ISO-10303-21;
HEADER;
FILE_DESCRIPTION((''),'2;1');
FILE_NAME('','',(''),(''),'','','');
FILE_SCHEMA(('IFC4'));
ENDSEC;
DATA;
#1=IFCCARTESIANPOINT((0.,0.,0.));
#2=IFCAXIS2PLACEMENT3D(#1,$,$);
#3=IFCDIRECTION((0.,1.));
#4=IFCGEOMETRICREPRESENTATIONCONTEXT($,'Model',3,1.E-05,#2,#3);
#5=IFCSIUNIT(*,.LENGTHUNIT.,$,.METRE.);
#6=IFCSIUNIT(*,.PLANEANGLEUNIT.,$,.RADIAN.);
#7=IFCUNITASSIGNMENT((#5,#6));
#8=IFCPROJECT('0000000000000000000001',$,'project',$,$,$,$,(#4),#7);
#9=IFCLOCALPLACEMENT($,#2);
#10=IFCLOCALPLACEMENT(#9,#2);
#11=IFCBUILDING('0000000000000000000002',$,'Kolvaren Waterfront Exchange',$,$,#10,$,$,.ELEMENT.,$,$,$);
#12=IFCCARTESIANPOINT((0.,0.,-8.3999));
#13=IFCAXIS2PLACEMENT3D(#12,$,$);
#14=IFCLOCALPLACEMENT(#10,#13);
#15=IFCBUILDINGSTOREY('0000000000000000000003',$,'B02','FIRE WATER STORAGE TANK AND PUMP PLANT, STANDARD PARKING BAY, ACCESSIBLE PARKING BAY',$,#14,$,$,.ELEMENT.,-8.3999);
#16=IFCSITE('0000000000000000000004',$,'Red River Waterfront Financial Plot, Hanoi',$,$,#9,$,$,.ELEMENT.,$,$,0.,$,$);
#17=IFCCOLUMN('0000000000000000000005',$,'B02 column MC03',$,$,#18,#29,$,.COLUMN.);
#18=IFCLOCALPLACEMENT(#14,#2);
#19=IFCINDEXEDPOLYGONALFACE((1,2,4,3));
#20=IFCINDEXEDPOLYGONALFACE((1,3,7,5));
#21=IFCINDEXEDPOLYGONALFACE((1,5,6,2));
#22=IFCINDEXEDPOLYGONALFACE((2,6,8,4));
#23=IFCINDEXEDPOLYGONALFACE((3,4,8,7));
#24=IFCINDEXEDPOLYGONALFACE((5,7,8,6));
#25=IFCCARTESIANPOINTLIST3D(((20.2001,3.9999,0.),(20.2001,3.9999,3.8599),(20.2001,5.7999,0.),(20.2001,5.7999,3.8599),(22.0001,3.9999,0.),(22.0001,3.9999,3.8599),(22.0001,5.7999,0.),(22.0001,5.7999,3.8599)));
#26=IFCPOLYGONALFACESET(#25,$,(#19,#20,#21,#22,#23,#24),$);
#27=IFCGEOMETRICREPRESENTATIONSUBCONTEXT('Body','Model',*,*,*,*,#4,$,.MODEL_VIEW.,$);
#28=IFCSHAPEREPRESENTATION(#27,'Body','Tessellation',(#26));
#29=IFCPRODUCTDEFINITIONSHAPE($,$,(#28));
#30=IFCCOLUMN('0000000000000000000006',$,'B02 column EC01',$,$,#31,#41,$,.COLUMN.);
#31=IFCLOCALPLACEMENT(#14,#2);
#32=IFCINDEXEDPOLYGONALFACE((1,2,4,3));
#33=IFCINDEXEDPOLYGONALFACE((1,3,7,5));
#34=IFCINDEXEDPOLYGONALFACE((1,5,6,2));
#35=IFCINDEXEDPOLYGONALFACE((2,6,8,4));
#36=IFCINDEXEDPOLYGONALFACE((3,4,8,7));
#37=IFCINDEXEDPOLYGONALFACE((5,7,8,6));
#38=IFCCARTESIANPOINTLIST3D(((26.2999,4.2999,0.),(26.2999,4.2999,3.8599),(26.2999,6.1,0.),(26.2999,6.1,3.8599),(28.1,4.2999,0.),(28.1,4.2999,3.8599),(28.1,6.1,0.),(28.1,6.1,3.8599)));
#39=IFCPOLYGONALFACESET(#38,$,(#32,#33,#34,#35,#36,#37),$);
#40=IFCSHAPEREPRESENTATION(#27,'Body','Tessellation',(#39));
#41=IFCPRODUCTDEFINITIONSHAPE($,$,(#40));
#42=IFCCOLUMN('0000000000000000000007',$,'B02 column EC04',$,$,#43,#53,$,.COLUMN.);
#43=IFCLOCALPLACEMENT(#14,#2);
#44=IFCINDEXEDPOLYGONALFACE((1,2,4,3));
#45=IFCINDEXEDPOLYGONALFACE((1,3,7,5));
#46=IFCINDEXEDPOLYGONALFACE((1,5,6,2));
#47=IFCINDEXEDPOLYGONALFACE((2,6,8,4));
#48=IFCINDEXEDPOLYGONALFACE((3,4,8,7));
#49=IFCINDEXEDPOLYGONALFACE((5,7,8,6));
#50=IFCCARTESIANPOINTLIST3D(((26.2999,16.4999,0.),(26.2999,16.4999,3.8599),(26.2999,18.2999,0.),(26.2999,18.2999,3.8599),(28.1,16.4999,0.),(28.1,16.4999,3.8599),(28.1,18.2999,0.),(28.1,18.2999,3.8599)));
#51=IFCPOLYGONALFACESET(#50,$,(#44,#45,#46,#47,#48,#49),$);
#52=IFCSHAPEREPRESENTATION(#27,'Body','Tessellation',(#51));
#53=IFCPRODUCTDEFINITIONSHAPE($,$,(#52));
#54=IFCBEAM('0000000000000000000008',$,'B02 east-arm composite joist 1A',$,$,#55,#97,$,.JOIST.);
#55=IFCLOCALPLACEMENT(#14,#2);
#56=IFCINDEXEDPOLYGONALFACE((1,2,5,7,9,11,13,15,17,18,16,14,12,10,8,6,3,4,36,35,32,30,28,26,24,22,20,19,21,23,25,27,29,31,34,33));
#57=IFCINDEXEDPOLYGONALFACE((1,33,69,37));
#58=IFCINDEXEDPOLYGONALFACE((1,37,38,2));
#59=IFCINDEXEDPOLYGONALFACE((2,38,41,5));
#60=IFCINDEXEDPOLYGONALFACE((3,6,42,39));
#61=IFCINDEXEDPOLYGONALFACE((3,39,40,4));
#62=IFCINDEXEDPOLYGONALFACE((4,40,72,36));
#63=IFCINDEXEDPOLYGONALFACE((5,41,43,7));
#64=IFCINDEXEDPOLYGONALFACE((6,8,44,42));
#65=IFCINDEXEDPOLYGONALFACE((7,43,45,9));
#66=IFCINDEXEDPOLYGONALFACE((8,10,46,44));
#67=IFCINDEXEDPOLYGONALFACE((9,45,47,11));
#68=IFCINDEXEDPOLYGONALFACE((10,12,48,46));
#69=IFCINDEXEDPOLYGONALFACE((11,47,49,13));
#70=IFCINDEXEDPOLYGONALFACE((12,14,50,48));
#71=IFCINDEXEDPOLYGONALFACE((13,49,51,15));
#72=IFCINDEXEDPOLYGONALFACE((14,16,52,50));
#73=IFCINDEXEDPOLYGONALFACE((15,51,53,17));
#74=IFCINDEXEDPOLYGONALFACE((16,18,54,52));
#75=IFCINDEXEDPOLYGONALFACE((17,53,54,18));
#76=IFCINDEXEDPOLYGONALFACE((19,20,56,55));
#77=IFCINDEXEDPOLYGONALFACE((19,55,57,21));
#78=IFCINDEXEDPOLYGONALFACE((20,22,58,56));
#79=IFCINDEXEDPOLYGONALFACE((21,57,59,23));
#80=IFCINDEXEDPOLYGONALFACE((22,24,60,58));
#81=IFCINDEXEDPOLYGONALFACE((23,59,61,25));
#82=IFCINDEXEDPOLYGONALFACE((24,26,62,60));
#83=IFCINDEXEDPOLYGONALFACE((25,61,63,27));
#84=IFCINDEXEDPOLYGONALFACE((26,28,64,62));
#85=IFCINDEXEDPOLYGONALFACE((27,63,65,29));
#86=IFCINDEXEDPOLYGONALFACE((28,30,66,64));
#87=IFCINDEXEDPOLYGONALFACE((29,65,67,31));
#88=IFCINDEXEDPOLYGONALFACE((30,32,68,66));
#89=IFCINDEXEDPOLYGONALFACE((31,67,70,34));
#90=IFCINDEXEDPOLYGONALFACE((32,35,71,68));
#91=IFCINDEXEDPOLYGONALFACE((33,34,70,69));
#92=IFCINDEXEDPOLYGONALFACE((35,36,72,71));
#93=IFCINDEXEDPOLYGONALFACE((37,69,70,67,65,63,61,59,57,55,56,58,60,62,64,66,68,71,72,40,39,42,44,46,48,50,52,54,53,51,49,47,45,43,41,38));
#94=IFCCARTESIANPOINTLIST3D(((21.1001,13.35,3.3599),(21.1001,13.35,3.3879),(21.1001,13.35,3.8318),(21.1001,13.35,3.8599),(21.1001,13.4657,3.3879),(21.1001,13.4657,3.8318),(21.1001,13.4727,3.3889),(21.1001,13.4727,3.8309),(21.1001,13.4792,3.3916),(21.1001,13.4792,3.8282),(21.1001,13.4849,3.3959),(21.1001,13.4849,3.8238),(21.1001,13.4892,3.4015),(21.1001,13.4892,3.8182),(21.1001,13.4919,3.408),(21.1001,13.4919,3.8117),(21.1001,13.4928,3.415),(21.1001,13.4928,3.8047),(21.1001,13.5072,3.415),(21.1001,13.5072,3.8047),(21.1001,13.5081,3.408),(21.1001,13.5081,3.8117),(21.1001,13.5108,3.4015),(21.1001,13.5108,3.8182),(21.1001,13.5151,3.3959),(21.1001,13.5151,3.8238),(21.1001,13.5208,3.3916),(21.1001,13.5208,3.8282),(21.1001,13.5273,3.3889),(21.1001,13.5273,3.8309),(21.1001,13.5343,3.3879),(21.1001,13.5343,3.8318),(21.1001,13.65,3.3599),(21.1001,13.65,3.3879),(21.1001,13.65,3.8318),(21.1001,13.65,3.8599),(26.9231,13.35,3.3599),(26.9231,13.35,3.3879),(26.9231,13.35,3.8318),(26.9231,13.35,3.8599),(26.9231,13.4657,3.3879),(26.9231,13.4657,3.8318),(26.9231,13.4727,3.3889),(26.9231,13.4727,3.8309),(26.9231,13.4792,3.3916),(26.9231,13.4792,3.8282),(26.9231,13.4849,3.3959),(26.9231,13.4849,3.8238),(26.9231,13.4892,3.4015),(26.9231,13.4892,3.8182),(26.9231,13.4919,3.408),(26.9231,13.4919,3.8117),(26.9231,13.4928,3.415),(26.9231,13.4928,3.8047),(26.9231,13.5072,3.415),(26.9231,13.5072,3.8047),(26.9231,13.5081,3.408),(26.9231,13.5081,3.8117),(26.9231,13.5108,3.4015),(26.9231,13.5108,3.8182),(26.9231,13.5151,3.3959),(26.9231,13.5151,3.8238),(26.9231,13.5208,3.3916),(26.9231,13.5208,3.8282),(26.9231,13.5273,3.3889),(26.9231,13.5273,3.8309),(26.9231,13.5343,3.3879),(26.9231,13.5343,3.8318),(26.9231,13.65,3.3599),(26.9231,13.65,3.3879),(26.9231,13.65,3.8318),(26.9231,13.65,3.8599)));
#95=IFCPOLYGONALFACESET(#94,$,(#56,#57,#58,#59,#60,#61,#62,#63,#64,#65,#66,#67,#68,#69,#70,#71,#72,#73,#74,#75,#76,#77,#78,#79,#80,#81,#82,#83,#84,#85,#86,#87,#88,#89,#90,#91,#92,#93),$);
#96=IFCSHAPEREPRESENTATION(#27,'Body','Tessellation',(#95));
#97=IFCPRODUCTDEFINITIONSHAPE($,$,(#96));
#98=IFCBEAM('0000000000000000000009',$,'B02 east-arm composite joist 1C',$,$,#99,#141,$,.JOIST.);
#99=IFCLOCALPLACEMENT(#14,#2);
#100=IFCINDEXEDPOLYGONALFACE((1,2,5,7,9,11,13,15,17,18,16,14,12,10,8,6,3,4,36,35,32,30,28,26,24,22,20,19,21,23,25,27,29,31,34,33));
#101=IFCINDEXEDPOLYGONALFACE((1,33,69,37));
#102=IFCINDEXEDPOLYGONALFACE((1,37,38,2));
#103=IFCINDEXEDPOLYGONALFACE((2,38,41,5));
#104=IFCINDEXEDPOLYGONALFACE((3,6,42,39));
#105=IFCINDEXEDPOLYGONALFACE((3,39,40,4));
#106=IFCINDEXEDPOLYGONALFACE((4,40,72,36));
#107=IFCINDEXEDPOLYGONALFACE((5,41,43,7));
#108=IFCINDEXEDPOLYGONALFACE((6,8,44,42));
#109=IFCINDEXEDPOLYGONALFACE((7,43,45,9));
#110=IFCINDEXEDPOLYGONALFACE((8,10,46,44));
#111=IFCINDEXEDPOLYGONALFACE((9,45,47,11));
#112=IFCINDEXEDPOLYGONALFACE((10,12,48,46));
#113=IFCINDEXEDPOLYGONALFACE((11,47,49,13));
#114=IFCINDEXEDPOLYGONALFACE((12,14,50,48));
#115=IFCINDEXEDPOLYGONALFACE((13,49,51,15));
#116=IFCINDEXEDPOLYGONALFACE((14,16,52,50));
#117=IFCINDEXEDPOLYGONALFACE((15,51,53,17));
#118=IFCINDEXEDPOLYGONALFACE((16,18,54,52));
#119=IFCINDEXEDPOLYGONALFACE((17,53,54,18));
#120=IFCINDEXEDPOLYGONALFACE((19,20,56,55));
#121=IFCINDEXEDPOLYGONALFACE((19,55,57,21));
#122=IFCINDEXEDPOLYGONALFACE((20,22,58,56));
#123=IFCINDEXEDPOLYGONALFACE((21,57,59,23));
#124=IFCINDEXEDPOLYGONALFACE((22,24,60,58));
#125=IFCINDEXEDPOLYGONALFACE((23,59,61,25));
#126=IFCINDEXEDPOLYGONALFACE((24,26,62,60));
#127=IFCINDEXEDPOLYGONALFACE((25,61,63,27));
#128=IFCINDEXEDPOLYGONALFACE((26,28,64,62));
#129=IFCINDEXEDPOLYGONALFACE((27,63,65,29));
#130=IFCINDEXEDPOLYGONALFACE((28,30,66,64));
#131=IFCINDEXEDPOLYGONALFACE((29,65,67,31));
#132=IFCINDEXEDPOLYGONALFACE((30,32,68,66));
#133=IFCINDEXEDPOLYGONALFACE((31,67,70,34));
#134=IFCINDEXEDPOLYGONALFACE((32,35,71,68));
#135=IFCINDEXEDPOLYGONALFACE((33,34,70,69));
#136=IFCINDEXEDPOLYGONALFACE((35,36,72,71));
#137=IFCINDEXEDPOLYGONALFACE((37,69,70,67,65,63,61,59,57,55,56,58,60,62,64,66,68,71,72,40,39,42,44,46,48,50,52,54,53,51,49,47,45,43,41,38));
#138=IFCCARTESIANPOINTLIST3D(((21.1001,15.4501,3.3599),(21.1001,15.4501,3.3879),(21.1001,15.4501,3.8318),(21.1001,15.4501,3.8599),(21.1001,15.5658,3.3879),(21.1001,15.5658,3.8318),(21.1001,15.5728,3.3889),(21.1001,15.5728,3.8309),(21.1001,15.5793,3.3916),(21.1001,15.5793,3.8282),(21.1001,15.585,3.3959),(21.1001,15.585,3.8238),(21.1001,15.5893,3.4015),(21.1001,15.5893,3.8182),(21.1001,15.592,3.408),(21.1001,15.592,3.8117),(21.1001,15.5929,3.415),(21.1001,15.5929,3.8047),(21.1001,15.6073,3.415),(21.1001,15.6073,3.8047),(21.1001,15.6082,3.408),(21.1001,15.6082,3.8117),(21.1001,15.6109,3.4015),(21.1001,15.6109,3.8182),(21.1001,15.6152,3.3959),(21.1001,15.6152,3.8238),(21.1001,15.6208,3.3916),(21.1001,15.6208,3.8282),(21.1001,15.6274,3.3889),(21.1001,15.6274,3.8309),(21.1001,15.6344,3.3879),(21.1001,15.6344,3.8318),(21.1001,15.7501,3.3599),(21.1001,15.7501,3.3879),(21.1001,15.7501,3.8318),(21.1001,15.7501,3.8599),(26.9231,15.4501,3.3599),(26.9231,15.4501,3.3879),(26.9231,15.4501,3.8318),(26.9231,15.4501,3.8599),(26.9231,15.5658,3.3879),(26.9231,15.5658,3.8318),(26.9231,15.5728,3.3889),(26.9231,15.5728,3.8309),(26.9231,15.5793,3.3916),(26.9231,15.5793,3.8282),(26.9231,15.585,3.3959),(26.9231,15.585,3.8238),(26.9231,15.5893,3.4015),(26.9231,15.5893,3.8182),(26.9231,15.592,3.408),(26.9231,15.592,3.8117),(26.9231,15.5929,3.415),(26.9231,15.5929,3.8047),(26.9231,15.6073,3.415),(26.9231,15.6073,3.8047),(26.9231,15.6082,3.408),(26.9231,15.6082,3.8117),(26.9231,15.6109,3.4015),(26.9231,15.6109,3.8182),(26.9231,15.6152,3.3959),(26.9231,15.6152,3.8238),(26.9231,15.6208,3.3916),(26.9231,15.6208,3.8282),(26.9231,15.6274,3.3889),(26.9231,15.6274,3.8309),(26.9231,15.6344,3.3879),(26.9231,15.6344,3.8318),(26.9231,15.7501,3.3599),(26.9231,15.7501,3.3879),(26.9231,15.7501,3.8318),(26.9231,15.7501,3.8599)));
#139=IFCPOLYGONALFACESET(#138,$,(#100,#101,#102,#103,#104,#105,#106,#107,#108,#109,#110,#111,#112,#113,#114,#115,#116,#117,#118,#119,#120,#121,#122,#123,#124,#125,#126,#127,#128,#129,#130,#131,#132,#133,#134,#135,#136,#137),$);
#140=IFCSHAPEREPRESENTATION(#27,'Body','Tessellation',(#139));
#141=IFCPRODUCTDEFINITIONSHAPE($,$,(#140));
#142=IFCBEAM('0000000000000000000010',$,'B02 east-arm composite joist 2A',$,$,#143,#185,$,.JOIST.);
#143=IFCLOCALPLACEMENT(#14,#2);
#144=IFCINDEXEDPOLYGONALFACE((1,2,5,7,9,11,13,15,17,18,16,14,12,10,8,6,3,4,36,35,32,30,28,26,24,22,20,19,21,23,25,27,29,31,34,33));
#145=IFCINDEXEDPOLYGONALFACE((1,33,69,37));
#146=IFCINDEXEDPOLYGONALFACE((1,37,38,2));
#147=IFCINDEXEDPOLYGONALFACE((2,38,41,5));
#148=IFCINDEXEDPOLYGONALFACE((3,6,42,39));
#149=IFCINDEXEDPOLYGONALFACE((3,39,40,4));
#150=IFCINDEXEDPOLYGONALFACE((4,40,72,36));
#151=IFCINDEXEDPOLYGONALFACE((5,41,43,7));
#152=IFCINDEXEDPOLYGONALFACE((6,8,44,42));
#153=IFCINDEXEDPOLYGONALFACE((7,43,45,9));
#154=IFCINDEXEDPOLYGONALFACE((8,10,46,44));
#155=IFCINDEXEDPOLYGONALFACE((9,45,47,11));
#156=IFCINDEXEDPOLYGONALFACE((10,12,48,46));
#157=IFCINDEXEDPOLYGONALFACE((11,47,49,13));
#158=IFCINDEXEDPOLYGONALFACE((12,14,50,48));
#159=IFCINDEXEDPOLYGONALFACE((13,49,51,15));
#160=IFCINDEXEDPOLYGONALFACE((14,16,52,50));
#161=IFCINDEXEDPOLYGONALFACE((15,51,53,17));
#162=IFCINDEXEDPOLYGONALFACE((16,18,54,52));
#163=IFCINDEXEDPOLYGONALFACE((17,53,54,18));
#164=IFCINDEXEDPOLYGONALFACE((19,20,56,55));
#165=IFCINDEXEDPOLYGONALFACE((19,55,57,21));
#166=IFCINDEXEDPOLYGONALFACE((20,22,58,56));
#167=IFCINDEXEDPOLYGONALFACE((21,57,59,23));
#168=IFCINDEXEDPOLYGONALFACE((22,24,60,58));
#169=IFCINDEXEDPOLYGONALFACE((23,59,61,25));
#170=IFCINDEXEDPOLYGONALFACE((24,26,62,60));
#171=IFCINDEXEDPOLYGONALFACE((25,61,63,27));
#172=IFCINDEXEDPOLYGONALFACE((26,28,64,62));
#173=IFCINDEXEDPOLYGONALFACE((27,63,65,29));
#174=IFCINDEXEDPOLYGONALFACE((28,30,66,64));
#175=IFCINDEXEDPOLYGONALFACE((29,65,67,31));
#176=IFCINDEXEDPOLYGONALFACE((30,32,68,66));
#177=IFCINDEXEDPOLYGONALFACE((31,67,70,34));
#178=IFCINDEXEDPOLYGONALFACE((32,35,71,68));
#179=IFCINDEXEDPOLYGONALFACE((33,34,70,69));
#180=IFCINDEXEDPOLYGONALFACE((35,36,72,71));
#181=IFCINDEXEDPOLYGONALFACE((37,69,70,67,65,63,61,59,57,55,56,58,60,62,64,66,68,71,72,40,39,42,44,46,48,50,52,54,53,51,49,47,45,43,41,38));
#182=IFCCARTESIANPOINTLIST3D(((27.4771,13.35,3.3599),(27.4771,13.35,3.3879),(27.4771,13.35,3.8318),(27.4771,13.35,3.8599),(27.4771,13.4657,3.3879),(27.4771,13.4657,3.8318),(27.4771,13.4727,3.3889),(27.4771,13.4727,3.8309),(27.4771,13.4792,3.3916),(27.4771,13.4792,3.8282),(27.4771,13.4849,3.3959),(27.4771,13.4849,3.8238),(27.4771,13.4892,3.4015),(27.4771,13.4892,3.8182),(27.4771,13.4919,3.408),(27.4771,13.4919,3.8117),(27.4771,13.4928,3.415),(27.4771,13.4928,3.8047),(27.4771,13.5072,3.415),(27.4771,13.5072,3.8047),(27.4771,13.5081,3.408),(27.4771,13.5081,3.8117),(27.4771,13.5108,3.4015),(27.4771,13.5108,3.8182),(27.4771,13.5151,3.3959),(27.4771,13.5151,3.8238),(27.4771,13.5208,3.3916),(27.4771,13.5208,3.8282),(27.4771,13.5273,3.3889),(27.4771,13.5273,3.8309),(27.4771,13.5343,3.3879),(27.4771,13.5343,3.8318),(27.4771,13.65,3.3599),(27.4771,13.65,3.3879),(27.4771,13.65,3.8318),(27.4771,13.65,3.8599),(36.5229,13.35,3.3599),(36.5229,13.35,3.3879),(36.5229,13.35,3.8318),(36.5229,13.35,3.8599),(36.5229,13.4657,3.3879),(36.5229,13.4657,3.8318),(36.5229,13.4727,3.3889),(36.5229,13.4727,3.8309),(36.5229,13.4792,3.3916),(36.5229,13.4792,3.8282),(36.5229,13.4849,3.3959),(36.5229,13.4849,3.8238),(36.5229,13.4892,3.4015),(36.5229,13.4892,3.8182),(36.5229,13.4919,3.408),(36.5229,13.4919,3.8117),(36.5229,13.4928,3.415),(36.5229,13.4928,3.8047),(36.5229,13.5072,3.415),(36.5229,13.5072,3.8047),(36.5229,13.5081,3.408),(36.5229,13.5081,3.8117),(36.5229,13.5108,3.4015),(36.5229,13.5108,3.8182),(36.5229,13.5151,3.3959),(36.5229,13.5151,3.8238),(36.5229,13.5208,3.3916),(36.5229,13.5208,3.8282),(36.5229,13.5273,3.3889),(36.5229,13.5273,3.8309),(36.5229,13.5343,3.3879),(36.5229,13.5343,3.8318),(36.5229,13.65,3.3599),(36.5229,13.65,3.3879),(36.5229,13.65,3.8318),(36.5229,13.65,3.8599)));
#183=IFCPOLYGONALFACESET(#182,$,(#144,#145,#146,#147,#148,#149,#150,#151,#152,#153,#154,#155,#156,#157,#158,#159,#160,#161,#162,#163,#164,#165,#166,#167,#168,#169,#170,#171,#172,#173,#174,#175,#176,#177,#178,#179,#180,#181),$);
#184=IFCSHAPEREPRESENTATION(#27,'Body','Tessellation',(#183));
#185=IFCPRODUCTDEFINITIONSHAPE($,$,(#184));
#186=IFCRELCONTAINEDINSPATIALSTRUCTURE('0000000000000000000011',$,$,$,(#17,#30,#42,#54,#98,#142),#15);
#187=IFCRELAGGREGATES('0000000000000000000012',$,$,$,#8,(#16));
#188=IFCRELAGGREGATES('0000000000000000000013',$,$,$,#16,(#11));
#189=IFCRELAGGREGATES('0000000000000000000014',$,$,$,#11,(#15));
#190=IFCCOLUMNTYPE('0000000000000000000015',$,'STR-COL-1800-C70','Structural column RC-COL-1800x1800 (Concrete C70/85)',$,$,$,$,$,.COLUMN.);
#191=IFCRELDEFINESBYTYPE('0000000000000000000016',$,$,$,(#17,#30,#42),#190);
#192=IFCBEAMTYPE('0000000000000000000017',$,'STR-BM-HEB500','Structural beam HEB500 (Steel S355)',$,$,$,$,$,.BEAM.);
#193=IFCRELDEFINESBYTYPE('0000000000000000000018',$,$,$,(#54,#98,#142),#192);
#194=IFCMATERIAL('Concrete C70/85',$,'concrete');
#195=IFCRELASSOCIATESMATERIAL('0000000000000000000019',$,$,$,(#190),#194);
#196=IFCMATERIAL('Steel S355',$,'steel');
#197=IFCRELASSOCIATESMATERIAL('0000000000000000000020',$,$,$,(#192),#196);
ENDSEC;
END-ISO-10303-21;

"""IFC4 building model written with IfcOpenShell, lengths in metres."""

from ifc_helpers import new_model, si_unit, direction, frame, origin, origin_2d, place, context, subcontext, project, spatial, rectangle, i_section, extrude, material, material_profile, profile_set, type_object, element, save


model = new_model("IFC4")

# Units and contexts
model_context = context("Model", 3, precision=1e-05, world=origin(), true_north=direction((0.0, 1.0)))
body_context = subcontext(model_context, "Body", "Model", "MODEL_VIEW")
ifc_project = project(units=[si_unit("LENGTHUNIT", "METRE"), si_unit("PLANEANGLEUNIT", "RADIAN")], contexts=[model_context])

# Site, building, storey
site_placement = place(None, origin())
site = spatial("IfcSite", under=ifc_project, at=site_placement, Name="Red River Waterfront Financial Plot, Hanoi", CompositionType="ELEMENT", RefElevation=0.0)
building_placement = place(site_placement, origin())
building = spatial("IfcBuilding", under=site, at=building_placement, Name="Kolvaren Waterfront Exchange", CompositionType="ELEMENT")
storey_placement = place(building_placement, frame((0.0, 0.0, -8.3999)))
storey = spatial("IfcBuildingStorey", under=building, at=storey_placement, Name="B02", Description="FIRE WATER STORAGE TANK AND PUMP PLANT, STANDARD PARKING BAY, ACCESSIBLE PARKING BAY", CompositionType="ELEMENT", Elevation=-8.3999)

# Columns
ifc_material_1 = material(Name="Concrete C70/85", Category="concrete")
ifc_material_profile_1 = material_profile(ifc_material_1, rectangle(XDim=1.8, YDim=1.8, at=origin_2d()), Name="RC-COL-1800x1800")
ifc_profile_set_1 = profile_set([ifc_material_profile_1], Name="Concrete C70/85")
column_type = type_object("IfcColumnType", Name="STR-COL-1800-C70", Description="Structural column RC-COL-1800x1800 (Concrete C70/85)", PredefinedType="COLUMN", material=ifc_profile_set_1)
for number, where, z_axis, x_axis, name in (
    (1, (21.1001, 4.8999, 0.0), (0.0, 0.0, 1.0), (1.0, 0.0, 0.0), "B02 column MC03"),
    (2, (27.2, 5.2, 0.0), (0.0, 0.0, 1.0), (1.0, 0.0, 0.0), "B02 column EC01"),
    (3, (27.2, 17.3999, 0.0), (0.0, 0.0, 1.0), (1.0, 0.0, 0.0), "B02 column EC04"),
):
    element("IfcColumn", number, at=place(storey_placement, frame(where, z_axis=z_axis, x_axis=x_axis)), inside=storey, type_object=column_type, Name=name, PredefinedType="COLUMN", context=body_context, shape_type="SweptSolid", body=[
        extrude(rectangle(XDim=1.8, YDim=1.8, at=origin_2d()), origin(), (0.0, 0.0, 1.0), 3.8599),
    ])

# Beams
ifc_material_2 = material(Name="Steel S355", Category="steel")
ifc_material_profile_2 = material_profile(ifc_material_2, i_section(OverallWidth=0.3, OverallDepth=0.5, WebThickness=0.0144, FlangeThickness=0.0281, FilletRadius=0.0271, at=origin_2d()), Name="HEB500")
ifc_profile_set_2 = profile_set([ifc_material_profile_2], Name="Steel S355")
beam_type_1 = type_object("IfcBeamType", Name="STR-BM-HEB500", Description="Structural beam HEB500 (Steel S355)", PredefinedType="BEAM", material=ifc_profile_set_2)
for number, where, z_axis, x_axis, name in (
    (4, (21.1001, 13.5, 3.6099), (1.0, 0.0, 0.0), (0.0, 1.0, 0.0), "B02 east-arm composite joist 1A"),
    (5, (21.1001, 15.6001, 3.6099), (1.0, 0.0, 0.0), (0.0, 1.0, 0.0), "B02 east-arm composite joist 1C"),
):
    element("IfcBeam", number, at=place(storey_placement, frame(where, z_axis=z_axis, x_axis=x_axis)), inside=storey, type_object=beam_type_1, Name=name, PredefinedType="JOIST", context=body_context, shape_type="SweptSolid", body=[
        extrude(i_section(OverallWidth=0.3, OverallDepth=0.5, WebThickness=0.0144, FlangeThickness=0.0281, FilletRadius=0.0271, at=origin_2d()), origin(), (0.0, 0.0, 1.0), 5.823),
    ])
for number, where, z_axis, x_axis, name in (
    (6, (27.4771, 13.5, 3.6099), (1.0, 0.0, 0.0), (0.0, 1.0, 0.0), "B02 east-arm composite joist 2A"),
):
    element("IfcBeam", number, at=place(storey_placement, frame(where, z_axis=z_axis, x_axis=x_axis)), inside=storey, type_object=beam_type_1, Name=name, PredefinedType="JOIST", context=body_context, shape_type="SweptSolid", body=[
        extrude(i_section(OverallWidth=0.3, OverallDepth=0.5, WebThickness=0.0144, FlangeThickness=0.0281, FilletRadius=0.0271, at=origin_2d()), origin(), (0.0, 0.0, 1.0), 9.0459),
    ])

save(model, "model.ifc")
